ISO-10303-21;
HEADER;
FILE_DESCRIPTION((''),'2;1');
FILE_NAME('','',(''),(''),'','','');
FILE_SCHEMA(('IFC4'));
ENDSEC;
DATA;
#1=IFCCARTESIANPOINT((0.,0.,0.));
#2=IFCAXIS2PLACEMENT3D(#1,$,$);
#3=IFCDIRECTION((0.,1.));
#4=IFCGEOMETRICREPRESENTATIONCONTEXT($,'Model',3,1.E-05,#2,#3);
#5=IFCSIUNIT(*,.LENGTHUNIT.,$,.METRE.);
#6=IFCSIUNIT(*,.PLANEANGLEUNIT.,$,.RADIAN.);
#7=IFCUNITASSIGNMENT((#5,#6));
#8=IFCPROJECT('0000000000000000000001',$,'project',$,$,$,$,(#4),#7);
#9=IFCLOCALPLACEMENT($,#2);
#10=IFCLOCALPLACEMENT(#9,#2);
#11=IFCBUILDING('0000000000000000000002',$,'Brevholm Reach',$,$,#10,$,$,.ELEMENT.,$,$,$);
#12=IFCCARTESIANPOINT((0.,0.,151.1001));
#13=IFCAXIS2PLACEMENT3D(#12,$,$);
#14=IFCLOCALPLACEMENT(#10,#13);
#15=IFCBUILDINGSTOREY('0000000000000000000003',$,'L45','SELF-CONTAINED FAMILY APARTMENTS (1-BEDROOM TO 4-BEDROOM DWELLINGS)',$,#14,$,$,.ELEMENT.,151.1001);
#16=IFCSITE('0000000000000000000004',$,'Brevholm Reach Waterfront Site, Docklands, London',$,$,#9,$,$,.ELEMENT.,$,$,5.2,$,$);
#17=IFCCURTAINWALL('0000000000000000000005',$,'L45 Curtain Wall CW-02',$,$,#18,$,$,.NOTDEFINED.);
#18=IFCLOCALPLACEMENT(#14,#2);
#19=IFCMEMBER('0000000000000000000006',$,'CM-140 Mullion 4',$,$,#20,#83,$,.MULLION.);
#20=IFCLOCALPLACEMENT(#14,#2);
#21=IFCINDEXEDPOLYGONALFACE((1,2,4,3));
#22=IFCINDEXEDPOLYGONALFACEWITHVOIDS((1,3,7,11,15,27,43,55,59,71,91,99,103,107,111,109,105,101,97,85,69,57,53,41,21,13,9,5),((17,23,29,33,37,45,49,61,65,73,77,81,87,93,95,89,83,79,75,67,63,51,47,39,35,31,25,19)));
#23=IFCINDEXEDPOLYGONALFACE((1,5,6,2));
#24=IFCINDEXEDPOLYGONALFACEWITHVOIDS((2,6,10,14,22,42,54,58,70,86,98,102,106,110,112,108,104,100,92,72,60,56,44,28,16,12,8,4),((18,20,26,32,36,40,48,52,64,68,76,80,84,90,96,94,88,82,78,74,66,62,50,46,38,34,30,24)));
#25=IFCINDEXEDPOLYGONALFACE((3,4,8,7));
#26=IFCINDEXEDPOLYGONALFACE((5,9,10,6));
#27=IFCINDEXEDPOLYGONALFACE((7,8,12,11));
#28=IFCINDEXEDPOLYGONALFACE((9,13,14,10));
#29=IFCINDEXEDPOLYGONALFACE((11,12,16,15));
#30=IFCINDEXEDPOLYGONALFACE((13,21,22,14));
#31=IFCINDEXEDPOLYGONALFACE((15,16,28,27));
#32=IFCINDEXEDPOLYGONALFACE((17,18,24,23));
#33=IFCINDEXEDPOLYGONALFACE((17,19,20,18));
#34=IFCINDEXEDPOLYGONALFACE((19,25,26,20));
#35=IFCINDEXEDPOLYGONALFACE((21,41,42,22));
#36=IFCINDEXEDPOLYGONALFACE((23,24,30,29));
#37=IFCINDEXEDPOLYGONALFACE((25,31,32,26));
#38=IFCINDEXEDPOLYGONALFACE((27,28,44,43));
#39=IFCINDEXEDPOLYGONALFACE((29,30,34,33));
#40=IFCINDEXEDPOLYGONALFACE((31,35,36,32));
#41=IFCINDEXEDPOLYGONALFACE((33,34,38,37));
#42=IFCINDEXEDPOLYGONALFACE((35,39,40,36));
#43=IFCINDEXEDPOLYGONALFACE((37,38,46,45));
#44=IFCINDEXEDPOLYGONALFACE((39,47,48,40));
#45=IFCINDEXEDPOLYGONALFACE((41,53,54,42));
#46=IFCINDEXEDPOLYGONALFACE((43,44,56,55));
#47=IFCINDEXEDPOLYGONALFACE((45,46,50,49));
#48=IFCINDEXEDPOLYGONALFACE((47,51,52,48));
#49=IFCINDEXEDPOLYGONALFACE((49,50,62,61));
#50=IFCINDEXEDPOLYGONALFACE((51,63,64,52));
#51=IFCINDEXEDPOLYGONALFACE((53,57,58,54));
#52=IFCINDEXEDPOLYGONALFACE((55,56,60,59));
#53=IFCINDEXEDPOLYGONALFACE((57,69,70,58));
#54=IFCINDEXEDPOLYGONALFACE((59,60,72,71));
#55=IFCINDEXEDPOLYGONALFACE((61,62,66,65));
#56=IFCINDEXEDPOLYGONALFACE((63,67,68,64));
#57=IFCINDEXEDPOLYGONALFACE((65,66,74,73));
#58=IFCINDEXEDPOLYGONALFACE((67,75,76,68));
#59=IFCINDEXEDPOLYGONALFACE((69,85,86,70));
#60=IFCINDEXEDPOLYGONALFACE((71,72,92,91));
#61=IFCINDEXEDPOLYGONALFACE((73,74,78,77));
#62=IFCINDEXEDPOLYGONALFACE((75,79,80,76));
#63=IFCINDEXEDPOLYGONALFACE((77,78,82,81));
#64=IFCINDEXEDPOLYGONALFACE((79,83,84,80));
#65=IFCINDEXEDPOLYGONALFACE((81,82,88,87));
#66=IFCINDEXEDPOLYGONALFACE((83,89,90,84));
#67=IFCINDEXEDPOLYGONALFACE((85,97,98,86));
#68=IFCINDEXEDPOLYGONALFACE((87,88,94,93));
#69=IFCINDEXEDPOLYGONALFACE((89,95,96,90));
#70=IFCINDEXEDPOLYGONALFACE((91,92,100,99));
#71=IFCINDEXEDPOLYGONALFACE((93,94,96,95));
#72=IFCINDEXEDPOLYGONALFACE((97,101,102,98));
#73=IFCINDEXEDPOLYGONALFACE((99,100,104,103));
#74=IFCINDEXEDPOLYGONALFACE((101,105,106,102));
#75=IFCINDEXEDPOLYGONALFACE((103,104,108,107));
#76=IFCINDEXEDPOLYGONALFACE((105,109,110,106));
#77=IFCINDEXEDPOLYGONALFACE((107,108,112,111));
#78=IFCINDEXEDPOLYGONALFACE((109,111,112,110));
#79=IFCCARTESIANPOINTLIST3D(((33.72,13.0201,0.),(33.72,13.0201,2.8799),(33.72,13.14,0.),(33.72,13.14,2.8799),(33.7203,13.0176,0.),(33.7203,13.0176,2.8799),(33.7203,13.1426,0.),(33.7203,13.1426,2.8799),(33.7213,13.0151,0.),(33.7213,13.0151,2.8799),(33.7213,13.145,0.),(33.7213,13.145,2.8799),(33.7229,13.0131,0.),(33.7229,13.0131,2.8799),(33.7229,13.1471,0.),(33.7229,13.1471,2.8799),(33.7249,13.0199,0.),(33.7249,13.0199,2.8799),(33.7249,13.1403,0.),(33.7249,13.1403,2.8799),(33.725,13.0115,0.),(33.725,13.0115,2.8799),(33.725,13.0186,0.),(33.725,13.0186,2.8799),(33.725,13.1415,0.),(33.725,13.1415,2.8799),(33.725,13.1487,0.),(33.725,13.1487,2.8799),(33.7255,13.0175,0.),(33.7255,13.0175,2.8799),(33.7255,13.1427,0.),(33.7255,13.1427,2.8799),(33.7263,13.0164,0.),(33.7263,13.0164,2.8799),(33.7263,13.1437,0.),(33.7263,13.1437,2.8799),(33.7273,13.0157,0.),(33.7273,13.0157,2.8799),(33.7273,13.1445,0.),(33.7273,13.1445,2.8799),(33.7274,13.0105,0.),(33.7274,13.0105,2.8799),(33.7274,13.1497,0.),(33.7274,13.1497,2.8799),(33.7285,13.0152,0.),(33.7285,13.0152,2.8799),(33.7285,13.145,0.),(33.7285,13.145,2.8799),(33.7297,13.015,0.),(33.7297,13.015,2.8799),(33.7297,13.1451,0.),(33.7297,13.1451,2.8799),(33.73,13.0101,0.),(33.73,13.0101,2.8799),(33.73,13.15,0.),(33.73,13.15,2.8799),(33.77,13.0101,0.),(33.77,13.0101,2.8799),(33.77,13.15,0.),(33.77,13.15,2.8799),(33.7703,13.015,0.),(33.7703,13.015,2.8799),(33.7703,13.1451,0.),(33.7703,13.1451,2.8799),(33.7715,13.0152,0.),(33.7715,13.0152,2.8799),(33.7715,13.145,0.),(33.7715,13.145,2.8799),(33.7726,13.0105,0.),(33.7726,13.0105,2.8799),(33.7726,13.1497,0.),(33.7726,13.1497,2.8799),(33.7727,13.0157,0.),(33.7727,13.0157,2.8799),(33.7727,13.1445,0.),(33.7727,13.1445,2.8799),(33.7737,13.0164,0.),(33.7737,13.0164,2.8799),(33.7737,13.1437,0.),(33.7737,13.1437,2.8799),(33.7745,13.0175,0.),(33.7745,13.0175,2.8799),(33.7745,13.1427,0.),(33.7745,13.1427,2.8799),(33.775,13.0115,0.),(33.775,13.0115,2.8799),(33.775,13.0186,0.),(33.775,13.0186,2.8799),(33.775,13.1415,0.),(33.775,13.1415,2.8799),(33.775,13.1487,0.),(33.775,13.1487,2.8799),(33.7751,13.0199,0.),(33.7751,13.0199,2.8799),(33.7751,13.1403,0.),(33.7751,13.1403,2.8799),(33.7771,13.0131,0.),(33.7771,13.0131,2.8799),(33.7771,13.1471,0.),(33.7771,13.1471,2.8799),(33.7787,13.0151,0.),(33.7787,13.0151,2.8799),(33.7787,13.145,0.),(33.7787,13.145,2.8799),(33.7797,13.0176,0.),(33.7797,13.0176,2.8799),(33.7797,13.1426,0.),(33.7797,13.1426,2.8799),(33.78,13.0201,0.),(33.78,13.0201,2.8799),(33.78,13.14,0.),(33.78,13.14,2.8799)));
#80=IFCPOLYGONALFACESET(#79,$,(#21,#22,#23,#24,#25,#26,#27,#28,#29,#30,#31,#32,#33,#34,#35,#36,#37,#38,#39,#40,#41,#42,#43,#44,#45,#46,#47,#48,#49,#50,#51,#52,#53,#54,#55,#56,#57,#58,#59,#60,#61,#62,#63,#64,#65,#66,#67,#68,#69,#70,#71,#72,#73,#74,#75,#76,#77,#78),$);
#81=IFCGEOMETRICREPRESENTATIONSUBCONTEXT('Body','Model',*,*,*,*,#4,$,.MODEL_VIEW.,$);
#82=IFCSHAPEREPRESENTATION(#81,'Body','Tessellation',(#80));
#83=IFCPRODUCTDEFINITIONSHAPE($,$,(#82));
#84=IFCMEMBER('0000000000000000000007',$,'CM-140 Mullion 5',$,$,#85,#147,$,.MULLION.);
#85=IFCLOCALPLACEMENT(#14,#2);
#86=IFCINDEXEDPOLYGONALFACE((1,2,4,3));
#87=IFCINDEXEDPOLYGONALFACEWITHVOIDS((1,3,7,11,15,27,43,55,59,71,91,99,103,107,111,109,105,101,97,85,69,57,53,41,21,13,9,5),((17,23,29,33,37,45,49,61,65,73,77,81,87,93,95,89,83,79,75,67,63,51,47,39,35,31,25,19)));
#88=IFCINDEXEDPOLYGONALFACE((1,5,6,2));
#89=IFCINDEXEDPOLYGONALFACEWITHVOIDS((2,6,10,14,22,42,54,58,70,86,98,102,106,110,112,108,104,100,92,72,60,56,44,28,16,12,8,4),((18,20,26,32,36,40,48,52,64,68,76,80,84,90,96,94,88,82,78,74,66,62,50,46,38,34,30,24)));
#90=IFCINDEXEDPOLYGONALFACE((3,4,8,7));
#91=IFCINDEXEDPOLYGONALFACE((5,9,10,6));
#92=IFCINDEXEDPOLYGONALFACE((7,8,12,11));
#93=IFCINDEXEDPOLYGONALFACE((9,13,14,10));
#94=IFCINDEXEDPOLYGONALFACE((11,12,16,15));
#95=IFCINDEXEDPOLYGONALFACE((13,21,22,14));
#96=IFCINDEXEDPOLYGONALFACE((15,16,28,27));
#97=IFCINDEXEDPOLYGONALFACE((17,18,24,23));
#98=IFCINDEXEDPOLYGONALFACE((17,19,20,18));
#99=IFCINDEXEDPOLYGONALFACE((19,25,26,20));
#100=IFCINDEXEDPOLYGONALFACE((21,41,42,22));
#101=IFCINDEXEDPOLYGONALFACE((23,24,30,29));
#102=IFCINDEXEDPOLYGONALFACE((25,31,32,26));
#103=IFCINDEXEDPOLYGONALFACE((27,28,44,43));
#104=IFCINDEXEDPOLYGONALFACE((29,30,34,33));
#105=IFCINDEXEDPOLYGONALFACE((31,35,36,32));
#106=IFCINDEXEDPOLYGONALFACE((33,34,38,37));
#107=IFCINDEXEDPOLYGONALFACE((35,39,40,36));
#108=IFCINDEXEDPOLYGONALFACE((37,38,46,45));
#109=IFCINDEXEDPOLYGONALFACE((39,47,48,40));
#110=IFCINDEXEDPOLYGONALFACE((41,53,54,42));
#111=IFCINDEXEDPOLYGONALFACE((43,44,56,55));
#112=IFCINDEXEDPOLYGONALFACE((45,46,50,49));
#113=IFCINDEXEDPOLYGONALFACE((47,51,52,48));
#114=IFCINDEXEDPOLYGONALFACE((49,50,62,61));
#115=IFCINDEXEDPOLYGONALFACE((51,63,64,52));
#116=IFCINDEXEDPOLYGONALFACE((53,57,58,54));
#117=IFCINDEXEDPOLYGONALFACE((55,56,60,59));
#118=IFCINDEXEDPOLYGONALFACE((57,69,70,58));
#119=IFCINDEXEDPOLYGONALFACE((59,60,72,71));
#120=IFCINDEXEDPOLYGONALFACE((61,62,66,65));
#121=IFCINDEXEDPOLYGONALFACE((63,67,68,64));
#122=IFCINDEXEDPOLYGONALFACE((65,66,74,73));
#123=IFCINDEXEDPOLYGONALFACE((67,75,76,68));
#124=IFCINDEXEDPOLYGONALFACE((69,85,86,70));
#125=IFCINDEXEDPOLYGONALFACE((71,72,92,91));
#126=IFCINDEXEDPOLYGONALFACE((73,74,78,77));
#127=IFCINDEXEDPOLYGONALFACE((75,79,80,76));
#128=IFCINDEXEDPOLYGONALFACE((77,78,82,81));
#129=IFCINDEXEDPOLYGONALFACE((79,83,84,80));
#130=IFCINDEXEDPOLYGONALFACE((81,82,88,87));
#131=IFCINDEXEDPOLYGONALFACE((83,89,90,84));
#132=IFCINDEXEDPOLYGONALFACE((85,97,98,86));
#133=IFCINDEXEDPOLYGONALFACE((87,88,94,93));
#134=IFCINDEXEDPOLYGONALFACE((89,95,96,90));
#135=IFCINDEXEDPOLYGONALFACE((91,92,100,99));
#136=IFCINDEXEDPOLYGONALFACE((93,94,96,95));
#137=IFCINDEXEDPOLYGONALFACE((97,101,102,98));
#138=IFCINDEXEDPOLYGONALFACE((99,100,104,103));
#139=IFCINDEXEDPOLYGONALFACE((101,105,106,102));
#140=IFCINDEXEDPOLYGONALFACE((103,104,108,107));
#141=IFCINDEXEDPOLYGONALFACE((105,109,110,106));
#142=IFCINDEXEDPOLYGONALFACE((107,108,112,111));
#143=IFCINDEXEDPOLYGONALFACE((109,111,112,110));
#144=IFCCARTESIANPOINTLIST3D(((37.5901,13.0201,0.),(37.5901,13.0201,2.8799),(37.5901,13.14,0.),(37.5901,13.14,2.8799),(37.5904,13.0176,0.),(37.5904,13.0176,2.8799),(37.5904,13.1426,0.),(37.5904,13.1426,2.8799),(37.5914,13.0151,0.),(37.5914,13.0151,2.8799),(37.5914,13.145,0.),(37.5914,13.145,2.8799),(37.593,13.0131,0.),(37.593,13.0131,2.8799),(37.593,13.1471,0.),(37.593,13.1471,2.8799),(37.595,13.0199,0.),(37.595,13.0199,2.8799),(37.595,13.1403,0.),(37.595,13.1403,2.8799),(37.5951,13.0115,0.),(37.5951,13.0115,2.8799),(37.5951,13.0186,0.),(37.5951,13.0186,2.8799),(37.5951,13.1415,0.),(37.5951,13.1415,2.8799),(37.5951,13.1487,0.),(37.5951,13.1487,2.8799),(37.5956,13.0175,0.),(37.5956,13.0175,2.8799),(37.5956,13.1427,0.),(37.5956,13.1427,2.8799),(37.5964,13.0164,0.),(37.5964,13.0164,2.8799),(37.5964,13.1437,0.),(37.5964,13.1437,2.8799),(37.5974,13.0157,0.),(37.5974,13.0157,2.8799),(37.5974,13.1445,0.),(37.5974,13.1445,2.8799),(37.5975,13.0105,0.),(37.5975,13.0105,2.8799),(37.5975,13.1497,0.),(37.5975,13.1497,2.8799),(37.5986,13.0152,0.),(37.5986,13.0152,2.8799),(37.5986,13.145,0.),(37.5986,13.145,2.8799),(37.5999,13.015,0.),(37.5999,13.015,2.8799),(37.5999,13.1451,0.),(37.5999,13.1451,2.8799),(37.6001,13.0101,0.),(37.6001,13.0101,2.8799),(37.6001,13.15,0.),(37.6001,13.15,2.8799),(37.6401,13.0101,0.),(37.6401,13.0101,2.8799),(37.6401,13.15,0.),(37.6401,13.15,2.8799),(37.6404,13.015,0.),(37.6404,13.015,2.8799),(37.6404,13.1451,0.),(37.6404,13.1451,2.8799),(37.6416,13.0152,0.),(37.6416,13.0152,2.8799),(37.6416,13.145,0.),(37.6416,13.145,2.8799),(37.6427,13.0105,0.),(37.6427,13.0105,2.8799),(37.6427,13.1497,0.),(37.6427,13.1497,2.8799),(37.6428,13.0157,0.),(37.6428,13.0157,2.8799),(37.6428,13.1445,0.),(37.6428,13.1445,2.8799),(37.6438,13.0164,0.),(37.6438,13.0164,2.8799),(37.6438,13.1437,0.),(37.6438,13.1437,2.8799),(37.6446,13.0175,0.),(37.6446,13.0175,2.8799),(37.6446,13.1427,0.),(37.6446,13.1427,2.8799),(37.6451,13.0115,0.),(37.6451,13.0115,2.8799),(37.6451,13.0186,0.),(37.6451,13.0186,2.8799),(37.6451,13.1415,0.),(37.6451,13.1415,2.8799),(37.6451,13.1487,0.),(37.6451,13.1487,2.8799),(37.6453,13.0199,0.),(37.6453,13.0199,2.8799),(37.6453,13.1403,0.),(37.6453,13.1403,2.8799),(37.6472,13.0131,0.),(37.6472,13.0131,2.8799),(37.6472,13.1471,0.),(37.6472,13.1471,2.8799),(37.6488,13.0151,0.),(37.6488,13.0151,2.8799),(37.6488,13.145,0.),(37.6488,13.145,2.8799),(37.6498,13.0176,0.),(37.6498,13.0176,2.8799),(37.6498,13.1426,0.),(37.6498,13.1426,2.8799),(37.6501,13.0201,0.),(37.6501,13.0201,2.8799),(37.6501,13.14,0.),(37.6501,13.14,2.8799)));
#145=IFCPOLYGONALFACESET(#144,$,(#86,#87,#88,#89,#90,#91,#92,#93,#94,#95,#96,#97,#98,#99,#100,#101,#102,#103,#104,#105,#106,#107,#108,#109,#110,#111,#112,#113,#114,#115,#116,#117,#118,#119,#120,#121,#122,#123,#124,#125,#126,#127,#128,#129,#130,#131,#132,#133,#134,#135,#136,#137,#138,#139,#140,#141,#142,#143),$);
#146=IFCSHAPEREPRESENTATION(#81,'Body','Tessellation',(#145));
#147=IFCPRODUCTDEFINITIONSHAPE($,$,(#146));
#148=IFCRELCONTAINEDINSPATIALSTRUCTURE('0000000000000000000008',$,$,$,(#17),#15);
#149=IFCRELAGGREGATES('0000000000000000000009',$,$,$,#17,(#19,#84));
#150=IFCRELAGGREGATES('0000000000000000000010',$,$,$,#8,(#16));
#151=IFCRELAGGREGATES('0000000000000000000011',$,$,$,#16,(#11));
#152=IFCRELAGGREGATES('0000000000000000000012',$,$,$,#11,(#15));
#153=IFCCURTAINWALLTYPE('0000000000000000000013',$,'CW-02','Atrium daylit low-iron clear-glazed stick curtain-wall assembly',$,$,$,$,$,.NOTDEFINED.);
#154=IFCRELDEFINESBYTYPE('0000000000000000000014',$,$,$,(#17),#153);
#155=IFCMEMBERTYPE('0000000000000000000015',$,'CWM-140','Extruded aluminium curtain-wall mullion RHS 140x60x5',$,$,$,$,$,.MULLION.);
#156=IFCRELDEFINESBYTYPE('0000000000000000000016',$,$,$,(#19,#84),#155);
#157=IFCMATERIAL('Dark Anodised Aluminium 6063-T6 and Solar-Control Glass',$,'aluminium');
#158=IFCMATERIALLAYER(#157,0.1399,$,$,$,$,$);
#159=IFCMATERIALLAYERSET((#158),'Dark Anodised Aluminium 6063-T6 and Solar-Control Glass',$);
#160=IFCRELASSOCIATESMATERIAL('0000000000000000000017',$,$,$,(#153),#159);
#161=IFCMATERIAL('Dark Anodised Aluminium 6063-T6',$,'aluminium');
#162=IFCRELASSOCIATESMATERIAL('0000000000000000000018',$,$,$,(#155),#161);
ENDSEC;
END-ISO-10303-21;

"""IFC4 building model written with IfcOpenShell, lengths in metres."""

from ifc_helpers import new_model, si_unit, direction, frame, origin, origin_2d, place, context, subcontext, project, spatial, hollow_rectangle, extrude, material, layer, layer_set, material_profile, profile_set, type_object, element, aggregate, save


model = new_model("IFC4")

# Units and contexts
model_context = context("Model", 3, precision=1e-05, world=origin(), true_north=direction((0.0, 1.0)))
body_context = subcontext(model_context, "Body", "Model", "MODEL_VIEW")
ifc_project = project(units=[si_unit("LENGTHUNIT", "METRE"), si_unit("PLANEANGLEUNIT", "RADIAN")], contexts=[model_context])

# Site, building, storey
site_placement = place(None, origin())
site = spatial("IfcSite", under=ifc_project, at=site_placement, Name="Brevholm Reach Waterfront Site, Docklands, London", CompositionType="ELEMENT", RefElevation=5.2)
building_placement = place(site_placement, origin())
building = spatial("IfcBuilding", under=site, at=building_placement, Name="Brevholm Reach", CompositionType="ELEMENT")
storey_placement = place(building_placement, frame((0.0, 0.0, 151.1001)))
storey = spatial("IfcBuildingStorey", under=building, at=storey_placement, Name="L45", Description="SELF-CONTAINED FAMILY APARTMENTS (1-BEDROOM TO 4-BEDROOM DWELLINGS)", CompositionType="ELEMENT", Elevation=151.1001)

# Curtain wall, members
ifc_material_1 = material(Name="Dark Anodised Aluminium 6063-T6 and Solar-Control Glass", Category="aluminium")
ifc_layer_1 = layer(ifc_material_1, 0.1399)
ifc_layer_set_1 = layer_set([ifc_layer_1], Name="Dark Anodised Aluminium 6063-T6 and Solar-Control Glass")
curtain_wall_type = type_object("IfcCurtainWallType", Name="CW-02", Description="Atrium daylit low-iron clear-glazed stick curtain-wall assembly", PredefinedType="NOTDEFINED", material=ifc_layer_set_1)
curtain_wall_placement = place(storey_placement, origin())
curtain_wall = element("IfcCurtainWall", 1, at=curtain_wall_placement, inside=storey, type_object=curtain_wall_type, Name="L45 Curtain Wall CW-02", PredefinedType="NOTDEFINED")
ifc_material_2 = material(Name="Dark Anodised Aluminium 6063-T6", Category="aluminium")
ifc_material_profile_1 = material_profile(ifc_material_2, hollow_rectangle(XDim=0.0601, YDim=0.1399, WallThickness=0.0049, InnerFilletRadius=0.0049, OuterFilletRadius=0.01, at=origin_2d()), Name="RHS 140x60x5")
ifc_profile_set_1 = profile_set([ifc_material_profile_1], Name="Dark Anodised Aluminium 6063-T6")
member_type_1 = type_object("IfcMemberType", Name="CWM-140", Description="Extruded aluminium curtain-wall mullion RHS 140x60x5", PredefinedType="MULLION", material=ifc_profile_set_1)
member_1_placement = place(storey_placement, frame((33.75, 13.0801, 0.0), z_axis=(0.0, 0.0, 1.0), x_axis=(1.0, 0.0, 0.0)))
member_1 = element("IfcMember", 2, at=member_1_placement, type_object=member_type_1, Name="CM-140 Mullion 4", PredefinedType="MULLION", context=body_context, shape_type="SweptSolid", body=[
    extrude(hollow_rectangle(XDim=0.0601, YDim=0.1399, WallThickness=0.0049, InnerFilletRadius=0.0049, OuterFilletRadius=0.01, at=origin_2d()), origin(), (0.0, 0.0, 1.0), 2.8799),
])
member_2_placement = place(storey_placement, frame((37.6201, 13.0801, 0.0), z_axis=(0.0, 0.0, 1.0), x_axis=(1.0, 0.0, 0.0)))
member_2 = element("IfcMember", 3, at=member_2_placement, type_object=member_type_1, Name="CM-140 Mullion 5", PredefinedType="MULLION", context=body_context, shape_type="SweptSolid", body=[
    extrude(hollow_rectangle(XDim=0.0601, YDim=0.1399, WallThickness=0.0049, InnerFilletRadius=0.0049, OuterFilletRadius=0.01, at=origin_2d()), origin(), (0.0, 0.0, 1.0), 2.8799),
])
aggregate(curtain_wall, [member_1, member_2])

save(model, "model.ifc")
